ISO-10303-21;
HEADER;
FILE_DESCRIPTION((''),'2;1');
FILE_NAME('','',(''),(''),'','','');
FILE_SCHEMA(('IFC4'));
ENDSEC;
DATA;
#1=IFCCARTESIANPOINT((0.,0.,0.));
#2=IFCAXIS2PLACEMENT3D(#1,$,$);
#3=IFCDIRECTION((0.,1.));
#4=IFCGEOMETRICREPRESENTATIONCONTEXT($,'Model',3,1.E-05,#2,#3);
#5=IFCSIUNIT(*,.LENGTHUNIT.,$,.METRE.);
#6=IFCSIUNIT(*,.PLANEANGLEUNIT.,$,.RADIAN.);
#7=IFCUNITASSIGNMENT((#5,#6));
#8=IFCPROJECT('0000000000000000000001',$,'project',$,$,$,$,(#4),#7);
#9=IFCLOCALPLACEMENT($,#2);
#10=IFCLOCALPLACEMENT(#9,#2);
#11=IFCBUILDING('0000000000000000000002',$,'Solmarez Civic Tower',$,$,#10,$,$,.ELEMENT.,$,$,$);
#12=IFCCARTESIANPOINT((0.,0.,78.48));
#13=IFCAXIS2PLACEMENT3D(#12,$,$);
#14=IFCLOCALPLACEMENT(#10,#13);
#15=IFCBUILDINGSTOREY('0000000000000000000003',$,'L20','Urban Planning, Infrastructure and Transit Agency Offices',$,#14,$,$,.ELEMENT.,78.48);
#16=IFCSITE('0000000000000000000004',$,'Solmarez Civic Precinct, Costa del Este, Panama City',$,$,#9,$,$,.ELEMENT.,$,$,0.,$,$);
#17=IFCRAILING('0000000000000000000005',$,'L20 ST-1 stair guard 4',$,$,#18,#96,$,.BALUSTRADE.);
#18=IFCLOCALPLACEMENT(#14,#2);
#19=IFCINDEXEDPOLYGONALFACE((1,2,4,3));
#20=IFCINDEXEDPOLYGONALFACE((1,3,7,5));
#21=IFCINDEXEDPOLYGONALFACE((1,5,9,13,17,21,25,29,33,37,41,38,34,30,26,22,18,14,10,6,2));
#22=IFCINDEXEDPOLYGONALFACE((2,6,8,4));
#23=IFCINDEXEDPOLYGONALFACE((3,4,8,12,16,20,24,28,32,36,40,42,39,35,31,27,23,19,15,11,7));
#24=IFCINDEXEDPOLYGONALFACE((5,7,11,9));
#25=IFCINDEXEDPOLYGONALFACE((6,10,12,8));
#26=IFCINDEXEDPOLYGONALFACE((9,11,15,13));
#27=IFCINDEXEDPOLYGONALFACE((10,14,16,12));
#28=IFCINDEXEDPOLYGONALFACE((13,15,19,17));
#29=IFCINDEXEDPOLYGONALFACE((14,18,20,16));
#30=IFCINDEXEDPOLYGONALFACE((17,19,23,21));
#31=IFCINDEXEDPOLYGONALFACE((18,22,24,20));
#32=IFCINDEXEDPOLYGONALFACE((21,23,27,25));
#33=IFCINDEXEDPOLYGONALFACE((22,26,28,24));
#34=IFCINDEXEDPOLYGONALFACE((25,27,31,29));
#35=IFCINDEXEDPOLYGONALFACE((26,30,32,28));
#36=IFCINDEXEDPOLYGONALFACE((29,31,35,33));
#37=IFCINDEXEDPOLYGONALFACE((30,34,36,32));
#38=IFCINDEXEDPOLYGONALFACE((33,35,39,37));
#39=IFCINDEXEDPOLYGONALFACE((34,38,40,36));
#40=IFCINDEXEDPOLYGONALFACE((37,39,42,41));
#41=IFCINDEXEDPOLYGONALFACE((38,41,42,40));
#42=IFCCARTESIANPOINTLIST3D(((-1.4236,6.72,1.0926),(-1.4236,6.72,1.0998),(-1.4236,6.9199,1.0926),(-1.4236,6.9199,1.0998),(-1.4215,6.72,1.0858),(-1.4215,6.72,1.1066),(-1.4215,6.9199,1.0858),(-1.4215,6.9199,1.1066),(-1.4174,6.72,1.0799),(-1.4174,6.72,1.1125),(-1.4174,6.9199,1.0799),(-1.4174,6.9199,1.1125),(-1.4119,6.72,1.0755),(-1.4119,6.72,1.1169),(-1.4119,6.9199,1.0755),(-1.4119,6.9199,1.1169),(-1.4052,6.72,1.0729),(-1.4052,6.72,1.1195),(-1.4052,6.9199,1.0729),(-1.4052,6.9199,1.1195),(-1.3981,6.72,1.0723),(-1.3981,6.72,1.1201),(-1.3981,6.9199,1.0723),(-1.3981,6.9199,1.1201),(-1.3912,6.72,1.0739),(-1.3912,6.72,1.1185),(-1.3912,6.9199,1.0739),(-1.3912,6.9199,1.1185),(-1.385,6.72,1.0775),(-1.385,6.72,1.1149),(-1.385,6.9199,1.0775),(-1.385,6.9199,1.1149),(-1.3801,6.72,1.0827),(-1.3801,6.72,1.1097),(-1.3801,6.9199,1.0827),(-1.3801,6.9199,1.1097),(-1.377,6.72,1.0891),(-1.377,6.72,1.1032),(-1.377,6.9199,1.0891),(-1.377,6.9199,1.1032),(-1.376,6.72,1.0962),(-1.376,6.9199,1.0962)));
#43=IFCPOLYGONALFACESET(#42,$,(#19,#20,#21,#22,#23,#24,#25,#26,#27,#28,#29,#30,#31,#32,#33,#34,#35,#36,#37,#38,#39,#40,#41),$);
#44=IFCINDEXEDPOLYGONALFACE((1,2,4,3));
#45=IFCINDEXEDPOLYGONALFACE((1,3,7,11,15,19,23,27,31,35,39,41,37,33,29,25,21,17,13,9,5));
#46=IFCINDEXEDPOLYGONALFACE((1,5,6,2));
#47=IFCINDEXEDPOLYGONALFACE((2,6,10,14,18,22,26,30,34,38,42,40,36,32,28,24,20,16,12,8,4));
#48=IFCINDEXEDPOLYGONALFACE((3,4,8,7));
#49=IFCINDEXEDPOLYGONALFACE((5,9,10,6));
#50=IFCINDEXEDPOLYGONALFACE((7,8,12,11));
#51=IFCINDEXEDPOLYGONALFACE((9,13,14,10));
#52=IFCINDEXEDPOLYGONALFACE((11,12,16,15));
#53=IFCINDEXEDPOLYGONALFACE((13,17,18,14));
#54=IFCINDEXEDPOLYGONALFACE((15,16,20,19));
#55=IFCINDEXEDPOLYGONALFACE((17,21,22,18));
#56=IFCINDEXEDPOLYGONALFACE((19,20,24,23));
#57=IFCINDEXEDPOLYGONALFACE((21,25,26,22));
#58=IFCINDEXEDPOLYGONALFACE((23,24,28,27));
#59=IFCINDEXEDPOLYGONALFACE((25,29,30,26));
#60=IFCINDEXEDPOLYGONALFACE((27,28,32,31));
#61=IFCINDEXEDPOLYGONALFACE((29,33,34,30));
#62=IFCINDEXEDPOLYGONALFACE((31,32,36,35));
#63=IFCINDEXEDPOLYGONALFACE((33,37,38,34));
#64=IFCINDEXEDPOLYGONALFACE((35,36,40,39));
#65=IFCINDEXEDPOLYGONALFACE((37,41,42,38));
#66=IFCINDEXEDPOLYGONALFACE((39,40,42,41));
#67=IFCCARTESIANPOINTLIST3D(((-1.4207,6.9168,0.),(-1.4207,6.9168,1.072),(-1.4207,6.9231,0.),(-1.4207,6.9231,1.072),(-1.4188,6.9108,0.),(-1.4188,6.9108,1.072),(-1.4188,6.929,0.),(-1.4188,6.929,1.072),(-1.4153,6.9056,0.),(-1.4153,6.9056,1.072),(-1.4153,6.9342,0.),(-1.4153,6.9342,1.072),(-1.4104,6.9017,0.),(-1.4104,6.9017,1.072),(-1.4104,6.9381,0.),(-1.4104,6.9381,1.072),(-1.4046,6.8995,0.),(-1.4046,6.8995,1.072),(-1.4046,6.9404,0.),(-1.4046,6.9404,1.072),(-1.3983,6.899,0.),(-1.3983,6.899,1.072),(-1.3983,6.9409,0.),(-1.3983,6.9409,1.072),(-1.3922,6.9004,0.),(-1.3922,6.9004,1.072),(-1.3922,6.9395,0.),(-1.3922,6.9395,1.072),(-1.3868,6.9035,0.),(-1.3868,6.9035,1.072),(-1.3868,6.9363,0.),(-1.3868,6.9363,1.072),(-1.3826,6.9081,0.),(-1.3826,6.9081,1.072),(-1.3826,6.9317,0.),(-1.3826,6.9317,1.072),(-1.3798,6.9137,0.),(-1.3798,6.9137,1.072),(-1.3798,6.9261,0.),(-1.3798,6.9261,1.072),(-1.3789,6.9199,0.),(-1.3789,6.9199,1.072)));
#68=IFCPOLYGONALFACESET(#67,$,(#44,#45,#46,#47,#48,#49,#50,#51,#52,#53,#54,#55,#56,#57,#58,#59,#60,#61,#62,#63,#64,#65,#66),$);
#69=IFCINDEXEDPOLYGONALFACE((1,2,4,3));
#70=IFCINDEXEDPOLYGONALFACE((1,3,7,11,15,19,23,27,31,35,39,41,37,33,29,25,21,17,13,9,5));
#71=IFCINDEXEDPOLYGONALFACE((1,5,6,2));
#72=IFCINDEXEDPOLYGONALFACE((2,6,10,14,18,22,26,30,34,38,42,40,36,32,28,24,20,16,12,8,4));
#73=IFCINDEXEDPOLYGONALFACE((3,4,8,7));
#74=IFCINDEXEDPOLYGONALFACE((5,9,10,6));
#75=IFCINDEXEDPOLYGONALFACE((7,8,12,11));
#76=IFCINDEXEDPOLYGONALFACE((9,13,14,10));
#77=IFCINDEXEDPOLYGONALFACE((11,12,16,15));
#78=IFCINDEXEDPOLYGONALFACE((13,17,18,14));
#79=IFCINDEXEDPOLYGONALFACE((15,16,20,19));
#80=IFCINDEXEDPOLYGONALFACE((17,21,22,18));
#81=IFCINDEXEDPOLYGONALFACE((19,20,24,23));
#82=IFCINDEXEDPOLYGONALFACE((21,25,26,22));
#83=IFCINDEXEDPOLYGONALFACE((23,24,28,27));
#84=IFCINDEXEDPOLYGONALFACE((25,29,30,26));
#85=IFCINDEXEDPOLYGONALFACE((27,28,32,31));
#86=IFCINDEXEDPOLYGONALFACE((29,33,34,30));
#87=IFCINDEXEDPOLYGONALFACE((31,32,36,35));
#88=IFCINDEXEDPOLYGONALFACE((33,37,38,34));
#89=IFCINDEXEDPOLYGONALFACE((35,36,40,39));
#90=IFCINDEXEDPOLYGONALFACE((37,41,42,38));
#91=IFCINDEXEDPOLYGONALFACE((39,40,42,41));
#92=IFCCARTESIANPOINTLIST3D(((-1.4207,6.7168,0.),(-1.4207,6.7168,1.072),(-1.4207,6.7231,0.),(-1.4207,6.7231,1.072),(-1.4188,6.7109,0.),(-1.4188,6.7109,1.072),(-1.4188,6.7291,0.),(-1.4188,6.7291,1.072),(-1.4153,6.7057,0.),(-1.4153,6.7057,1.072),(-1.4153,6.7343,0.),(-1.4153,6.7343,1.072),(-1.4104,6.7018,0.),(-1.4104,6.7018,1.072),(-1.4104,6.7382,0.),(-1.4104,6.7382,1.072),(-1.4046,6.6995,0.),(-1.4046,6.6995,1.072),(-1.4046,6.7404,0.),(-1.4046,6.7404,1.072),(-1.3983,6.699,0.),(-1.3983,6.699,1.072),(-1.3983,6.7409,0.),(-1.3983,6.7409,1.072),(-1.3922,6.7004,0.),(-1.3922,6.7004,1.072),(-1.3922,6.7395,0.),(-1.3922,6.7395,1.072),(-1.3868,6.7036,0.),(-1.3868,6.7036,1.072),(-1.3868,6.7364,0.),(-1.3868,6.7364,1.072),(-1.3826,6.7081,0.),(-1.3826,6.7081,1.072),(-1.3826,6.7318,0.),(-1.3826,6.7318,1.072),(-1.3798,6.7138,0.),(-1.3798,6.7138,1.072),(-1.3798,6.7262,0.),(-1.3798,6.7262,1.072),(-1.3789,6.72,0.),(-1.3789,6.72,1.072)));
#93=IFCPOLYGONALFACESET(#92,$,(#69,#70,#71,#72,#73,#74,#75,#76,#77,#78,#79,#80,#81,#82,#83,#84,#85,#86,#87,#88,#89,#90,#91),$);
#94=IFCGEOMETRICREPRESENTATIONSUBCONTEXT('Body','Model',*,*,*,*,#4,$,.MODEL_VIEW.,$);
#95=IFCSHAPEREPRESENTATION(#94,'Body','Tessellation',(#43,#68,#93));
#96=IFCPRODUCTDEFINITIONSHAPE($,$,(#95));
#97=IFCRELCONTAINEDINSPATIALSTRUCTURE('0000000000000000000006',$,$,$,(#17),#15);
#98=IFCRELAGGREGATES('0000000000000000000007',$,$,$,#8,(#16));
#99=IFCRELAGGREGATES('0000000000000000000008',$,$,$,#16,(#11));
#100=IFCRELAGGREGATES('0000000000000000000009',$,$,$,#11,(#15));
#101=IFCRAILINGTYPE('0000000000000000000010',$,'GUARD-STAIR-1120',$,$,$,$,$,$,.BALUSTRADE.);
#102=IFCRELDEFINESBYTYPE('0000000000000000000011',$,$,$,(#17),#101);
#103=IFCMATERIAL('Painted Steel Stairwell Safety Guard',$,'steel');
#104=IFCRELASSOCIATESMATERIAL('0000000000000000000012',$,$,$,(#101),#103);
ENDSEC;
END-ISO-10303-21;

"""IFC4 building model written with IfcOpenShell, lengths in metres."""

from ifc_helpers import new_model, si_unit, direction, frame, origin, origin_2d, place, context, subcontext, project, spatial, circle, extrude, material, type_object, element, save


model = new_model("IFC4")

# Units and contexts
model_context = context("Model", 3, precision=1e-05, world=origin(), true_north=direction((0.0, 1.0)))
body_context = subcontext(model_context, "Body", "Model", "MODEL_VIEW")
ifc_project = project(units=[si_unit("LENGTHUNIT", "METRE"), si_unit("PLANEANGLEUNIT", "RADIAN")], contexts=[model_context])

# Site, building, storey
site_placement = place(None, origin())
site = spatial("IfcSite", under=ifc_project, at=site_placement, Name="Solmarez Civic Precinct, Costa del Este, Panama City", CompositionType="ELEMENT", RefElevation=0.0)
building_placement = place(site_placement, origin())
building = spatial("IfcBuilding", under=site, at=building_placement, Name="Solmarez Civic Tower", CompositionType="ELEMENT")
storey_placement = place(building_placement, frame((0.0, 0.0, 78.48)))
storey = spatial("IfcBuildingStorey", under=building, at=storey_placement, Name="L20", Description="Urban Planning, Infrastructure and Transit Agency Offices", CompositionType="ELEMENT", Elevation=78.48)

# Railing
ifc_material_1 = material(Name="Painted Steel Stairwell Safety Guard", Category="steel")
railing_type_1 = type_object("IfcRailingType", Name="GUARD-STAIR-1120", PredefinedType="BALUSTRADE", material=ifc_material_1)
railing_1_placement = place(storey_placement, frame((-1.3999, 6.9199, 0.0)))
element("IfcRailing", 1, at=railing_1_placement, inside=storey, type_object=railing_type_1, Name="L20 ST-1 stair guard 4", PredefinedType="BALUSTRADE", context=body_context, shape_type="SweptSolid", body=[
    extrude(circle(Radius=0.0239, at=origin_2d()), frame((0.0, 0.0, 1.0962), z_axis=(0.0, -1.0, 0.0), x_axis=(1.0, 0.0, 0.0)), (0.0, 0.0, 1.0), 0.2),
    extrude(circle(Radius=0.021, at=origin_2d()), origin(), (0.0, 0.0, 1.0), 1.072),
    extrude(circle(Radius=0.021, at=origin_2d()), frame((0.0, -0.2, 0.0)), (0.0, 0.0, 1.0), 1.072),
])

save(model, "model.ifc")
